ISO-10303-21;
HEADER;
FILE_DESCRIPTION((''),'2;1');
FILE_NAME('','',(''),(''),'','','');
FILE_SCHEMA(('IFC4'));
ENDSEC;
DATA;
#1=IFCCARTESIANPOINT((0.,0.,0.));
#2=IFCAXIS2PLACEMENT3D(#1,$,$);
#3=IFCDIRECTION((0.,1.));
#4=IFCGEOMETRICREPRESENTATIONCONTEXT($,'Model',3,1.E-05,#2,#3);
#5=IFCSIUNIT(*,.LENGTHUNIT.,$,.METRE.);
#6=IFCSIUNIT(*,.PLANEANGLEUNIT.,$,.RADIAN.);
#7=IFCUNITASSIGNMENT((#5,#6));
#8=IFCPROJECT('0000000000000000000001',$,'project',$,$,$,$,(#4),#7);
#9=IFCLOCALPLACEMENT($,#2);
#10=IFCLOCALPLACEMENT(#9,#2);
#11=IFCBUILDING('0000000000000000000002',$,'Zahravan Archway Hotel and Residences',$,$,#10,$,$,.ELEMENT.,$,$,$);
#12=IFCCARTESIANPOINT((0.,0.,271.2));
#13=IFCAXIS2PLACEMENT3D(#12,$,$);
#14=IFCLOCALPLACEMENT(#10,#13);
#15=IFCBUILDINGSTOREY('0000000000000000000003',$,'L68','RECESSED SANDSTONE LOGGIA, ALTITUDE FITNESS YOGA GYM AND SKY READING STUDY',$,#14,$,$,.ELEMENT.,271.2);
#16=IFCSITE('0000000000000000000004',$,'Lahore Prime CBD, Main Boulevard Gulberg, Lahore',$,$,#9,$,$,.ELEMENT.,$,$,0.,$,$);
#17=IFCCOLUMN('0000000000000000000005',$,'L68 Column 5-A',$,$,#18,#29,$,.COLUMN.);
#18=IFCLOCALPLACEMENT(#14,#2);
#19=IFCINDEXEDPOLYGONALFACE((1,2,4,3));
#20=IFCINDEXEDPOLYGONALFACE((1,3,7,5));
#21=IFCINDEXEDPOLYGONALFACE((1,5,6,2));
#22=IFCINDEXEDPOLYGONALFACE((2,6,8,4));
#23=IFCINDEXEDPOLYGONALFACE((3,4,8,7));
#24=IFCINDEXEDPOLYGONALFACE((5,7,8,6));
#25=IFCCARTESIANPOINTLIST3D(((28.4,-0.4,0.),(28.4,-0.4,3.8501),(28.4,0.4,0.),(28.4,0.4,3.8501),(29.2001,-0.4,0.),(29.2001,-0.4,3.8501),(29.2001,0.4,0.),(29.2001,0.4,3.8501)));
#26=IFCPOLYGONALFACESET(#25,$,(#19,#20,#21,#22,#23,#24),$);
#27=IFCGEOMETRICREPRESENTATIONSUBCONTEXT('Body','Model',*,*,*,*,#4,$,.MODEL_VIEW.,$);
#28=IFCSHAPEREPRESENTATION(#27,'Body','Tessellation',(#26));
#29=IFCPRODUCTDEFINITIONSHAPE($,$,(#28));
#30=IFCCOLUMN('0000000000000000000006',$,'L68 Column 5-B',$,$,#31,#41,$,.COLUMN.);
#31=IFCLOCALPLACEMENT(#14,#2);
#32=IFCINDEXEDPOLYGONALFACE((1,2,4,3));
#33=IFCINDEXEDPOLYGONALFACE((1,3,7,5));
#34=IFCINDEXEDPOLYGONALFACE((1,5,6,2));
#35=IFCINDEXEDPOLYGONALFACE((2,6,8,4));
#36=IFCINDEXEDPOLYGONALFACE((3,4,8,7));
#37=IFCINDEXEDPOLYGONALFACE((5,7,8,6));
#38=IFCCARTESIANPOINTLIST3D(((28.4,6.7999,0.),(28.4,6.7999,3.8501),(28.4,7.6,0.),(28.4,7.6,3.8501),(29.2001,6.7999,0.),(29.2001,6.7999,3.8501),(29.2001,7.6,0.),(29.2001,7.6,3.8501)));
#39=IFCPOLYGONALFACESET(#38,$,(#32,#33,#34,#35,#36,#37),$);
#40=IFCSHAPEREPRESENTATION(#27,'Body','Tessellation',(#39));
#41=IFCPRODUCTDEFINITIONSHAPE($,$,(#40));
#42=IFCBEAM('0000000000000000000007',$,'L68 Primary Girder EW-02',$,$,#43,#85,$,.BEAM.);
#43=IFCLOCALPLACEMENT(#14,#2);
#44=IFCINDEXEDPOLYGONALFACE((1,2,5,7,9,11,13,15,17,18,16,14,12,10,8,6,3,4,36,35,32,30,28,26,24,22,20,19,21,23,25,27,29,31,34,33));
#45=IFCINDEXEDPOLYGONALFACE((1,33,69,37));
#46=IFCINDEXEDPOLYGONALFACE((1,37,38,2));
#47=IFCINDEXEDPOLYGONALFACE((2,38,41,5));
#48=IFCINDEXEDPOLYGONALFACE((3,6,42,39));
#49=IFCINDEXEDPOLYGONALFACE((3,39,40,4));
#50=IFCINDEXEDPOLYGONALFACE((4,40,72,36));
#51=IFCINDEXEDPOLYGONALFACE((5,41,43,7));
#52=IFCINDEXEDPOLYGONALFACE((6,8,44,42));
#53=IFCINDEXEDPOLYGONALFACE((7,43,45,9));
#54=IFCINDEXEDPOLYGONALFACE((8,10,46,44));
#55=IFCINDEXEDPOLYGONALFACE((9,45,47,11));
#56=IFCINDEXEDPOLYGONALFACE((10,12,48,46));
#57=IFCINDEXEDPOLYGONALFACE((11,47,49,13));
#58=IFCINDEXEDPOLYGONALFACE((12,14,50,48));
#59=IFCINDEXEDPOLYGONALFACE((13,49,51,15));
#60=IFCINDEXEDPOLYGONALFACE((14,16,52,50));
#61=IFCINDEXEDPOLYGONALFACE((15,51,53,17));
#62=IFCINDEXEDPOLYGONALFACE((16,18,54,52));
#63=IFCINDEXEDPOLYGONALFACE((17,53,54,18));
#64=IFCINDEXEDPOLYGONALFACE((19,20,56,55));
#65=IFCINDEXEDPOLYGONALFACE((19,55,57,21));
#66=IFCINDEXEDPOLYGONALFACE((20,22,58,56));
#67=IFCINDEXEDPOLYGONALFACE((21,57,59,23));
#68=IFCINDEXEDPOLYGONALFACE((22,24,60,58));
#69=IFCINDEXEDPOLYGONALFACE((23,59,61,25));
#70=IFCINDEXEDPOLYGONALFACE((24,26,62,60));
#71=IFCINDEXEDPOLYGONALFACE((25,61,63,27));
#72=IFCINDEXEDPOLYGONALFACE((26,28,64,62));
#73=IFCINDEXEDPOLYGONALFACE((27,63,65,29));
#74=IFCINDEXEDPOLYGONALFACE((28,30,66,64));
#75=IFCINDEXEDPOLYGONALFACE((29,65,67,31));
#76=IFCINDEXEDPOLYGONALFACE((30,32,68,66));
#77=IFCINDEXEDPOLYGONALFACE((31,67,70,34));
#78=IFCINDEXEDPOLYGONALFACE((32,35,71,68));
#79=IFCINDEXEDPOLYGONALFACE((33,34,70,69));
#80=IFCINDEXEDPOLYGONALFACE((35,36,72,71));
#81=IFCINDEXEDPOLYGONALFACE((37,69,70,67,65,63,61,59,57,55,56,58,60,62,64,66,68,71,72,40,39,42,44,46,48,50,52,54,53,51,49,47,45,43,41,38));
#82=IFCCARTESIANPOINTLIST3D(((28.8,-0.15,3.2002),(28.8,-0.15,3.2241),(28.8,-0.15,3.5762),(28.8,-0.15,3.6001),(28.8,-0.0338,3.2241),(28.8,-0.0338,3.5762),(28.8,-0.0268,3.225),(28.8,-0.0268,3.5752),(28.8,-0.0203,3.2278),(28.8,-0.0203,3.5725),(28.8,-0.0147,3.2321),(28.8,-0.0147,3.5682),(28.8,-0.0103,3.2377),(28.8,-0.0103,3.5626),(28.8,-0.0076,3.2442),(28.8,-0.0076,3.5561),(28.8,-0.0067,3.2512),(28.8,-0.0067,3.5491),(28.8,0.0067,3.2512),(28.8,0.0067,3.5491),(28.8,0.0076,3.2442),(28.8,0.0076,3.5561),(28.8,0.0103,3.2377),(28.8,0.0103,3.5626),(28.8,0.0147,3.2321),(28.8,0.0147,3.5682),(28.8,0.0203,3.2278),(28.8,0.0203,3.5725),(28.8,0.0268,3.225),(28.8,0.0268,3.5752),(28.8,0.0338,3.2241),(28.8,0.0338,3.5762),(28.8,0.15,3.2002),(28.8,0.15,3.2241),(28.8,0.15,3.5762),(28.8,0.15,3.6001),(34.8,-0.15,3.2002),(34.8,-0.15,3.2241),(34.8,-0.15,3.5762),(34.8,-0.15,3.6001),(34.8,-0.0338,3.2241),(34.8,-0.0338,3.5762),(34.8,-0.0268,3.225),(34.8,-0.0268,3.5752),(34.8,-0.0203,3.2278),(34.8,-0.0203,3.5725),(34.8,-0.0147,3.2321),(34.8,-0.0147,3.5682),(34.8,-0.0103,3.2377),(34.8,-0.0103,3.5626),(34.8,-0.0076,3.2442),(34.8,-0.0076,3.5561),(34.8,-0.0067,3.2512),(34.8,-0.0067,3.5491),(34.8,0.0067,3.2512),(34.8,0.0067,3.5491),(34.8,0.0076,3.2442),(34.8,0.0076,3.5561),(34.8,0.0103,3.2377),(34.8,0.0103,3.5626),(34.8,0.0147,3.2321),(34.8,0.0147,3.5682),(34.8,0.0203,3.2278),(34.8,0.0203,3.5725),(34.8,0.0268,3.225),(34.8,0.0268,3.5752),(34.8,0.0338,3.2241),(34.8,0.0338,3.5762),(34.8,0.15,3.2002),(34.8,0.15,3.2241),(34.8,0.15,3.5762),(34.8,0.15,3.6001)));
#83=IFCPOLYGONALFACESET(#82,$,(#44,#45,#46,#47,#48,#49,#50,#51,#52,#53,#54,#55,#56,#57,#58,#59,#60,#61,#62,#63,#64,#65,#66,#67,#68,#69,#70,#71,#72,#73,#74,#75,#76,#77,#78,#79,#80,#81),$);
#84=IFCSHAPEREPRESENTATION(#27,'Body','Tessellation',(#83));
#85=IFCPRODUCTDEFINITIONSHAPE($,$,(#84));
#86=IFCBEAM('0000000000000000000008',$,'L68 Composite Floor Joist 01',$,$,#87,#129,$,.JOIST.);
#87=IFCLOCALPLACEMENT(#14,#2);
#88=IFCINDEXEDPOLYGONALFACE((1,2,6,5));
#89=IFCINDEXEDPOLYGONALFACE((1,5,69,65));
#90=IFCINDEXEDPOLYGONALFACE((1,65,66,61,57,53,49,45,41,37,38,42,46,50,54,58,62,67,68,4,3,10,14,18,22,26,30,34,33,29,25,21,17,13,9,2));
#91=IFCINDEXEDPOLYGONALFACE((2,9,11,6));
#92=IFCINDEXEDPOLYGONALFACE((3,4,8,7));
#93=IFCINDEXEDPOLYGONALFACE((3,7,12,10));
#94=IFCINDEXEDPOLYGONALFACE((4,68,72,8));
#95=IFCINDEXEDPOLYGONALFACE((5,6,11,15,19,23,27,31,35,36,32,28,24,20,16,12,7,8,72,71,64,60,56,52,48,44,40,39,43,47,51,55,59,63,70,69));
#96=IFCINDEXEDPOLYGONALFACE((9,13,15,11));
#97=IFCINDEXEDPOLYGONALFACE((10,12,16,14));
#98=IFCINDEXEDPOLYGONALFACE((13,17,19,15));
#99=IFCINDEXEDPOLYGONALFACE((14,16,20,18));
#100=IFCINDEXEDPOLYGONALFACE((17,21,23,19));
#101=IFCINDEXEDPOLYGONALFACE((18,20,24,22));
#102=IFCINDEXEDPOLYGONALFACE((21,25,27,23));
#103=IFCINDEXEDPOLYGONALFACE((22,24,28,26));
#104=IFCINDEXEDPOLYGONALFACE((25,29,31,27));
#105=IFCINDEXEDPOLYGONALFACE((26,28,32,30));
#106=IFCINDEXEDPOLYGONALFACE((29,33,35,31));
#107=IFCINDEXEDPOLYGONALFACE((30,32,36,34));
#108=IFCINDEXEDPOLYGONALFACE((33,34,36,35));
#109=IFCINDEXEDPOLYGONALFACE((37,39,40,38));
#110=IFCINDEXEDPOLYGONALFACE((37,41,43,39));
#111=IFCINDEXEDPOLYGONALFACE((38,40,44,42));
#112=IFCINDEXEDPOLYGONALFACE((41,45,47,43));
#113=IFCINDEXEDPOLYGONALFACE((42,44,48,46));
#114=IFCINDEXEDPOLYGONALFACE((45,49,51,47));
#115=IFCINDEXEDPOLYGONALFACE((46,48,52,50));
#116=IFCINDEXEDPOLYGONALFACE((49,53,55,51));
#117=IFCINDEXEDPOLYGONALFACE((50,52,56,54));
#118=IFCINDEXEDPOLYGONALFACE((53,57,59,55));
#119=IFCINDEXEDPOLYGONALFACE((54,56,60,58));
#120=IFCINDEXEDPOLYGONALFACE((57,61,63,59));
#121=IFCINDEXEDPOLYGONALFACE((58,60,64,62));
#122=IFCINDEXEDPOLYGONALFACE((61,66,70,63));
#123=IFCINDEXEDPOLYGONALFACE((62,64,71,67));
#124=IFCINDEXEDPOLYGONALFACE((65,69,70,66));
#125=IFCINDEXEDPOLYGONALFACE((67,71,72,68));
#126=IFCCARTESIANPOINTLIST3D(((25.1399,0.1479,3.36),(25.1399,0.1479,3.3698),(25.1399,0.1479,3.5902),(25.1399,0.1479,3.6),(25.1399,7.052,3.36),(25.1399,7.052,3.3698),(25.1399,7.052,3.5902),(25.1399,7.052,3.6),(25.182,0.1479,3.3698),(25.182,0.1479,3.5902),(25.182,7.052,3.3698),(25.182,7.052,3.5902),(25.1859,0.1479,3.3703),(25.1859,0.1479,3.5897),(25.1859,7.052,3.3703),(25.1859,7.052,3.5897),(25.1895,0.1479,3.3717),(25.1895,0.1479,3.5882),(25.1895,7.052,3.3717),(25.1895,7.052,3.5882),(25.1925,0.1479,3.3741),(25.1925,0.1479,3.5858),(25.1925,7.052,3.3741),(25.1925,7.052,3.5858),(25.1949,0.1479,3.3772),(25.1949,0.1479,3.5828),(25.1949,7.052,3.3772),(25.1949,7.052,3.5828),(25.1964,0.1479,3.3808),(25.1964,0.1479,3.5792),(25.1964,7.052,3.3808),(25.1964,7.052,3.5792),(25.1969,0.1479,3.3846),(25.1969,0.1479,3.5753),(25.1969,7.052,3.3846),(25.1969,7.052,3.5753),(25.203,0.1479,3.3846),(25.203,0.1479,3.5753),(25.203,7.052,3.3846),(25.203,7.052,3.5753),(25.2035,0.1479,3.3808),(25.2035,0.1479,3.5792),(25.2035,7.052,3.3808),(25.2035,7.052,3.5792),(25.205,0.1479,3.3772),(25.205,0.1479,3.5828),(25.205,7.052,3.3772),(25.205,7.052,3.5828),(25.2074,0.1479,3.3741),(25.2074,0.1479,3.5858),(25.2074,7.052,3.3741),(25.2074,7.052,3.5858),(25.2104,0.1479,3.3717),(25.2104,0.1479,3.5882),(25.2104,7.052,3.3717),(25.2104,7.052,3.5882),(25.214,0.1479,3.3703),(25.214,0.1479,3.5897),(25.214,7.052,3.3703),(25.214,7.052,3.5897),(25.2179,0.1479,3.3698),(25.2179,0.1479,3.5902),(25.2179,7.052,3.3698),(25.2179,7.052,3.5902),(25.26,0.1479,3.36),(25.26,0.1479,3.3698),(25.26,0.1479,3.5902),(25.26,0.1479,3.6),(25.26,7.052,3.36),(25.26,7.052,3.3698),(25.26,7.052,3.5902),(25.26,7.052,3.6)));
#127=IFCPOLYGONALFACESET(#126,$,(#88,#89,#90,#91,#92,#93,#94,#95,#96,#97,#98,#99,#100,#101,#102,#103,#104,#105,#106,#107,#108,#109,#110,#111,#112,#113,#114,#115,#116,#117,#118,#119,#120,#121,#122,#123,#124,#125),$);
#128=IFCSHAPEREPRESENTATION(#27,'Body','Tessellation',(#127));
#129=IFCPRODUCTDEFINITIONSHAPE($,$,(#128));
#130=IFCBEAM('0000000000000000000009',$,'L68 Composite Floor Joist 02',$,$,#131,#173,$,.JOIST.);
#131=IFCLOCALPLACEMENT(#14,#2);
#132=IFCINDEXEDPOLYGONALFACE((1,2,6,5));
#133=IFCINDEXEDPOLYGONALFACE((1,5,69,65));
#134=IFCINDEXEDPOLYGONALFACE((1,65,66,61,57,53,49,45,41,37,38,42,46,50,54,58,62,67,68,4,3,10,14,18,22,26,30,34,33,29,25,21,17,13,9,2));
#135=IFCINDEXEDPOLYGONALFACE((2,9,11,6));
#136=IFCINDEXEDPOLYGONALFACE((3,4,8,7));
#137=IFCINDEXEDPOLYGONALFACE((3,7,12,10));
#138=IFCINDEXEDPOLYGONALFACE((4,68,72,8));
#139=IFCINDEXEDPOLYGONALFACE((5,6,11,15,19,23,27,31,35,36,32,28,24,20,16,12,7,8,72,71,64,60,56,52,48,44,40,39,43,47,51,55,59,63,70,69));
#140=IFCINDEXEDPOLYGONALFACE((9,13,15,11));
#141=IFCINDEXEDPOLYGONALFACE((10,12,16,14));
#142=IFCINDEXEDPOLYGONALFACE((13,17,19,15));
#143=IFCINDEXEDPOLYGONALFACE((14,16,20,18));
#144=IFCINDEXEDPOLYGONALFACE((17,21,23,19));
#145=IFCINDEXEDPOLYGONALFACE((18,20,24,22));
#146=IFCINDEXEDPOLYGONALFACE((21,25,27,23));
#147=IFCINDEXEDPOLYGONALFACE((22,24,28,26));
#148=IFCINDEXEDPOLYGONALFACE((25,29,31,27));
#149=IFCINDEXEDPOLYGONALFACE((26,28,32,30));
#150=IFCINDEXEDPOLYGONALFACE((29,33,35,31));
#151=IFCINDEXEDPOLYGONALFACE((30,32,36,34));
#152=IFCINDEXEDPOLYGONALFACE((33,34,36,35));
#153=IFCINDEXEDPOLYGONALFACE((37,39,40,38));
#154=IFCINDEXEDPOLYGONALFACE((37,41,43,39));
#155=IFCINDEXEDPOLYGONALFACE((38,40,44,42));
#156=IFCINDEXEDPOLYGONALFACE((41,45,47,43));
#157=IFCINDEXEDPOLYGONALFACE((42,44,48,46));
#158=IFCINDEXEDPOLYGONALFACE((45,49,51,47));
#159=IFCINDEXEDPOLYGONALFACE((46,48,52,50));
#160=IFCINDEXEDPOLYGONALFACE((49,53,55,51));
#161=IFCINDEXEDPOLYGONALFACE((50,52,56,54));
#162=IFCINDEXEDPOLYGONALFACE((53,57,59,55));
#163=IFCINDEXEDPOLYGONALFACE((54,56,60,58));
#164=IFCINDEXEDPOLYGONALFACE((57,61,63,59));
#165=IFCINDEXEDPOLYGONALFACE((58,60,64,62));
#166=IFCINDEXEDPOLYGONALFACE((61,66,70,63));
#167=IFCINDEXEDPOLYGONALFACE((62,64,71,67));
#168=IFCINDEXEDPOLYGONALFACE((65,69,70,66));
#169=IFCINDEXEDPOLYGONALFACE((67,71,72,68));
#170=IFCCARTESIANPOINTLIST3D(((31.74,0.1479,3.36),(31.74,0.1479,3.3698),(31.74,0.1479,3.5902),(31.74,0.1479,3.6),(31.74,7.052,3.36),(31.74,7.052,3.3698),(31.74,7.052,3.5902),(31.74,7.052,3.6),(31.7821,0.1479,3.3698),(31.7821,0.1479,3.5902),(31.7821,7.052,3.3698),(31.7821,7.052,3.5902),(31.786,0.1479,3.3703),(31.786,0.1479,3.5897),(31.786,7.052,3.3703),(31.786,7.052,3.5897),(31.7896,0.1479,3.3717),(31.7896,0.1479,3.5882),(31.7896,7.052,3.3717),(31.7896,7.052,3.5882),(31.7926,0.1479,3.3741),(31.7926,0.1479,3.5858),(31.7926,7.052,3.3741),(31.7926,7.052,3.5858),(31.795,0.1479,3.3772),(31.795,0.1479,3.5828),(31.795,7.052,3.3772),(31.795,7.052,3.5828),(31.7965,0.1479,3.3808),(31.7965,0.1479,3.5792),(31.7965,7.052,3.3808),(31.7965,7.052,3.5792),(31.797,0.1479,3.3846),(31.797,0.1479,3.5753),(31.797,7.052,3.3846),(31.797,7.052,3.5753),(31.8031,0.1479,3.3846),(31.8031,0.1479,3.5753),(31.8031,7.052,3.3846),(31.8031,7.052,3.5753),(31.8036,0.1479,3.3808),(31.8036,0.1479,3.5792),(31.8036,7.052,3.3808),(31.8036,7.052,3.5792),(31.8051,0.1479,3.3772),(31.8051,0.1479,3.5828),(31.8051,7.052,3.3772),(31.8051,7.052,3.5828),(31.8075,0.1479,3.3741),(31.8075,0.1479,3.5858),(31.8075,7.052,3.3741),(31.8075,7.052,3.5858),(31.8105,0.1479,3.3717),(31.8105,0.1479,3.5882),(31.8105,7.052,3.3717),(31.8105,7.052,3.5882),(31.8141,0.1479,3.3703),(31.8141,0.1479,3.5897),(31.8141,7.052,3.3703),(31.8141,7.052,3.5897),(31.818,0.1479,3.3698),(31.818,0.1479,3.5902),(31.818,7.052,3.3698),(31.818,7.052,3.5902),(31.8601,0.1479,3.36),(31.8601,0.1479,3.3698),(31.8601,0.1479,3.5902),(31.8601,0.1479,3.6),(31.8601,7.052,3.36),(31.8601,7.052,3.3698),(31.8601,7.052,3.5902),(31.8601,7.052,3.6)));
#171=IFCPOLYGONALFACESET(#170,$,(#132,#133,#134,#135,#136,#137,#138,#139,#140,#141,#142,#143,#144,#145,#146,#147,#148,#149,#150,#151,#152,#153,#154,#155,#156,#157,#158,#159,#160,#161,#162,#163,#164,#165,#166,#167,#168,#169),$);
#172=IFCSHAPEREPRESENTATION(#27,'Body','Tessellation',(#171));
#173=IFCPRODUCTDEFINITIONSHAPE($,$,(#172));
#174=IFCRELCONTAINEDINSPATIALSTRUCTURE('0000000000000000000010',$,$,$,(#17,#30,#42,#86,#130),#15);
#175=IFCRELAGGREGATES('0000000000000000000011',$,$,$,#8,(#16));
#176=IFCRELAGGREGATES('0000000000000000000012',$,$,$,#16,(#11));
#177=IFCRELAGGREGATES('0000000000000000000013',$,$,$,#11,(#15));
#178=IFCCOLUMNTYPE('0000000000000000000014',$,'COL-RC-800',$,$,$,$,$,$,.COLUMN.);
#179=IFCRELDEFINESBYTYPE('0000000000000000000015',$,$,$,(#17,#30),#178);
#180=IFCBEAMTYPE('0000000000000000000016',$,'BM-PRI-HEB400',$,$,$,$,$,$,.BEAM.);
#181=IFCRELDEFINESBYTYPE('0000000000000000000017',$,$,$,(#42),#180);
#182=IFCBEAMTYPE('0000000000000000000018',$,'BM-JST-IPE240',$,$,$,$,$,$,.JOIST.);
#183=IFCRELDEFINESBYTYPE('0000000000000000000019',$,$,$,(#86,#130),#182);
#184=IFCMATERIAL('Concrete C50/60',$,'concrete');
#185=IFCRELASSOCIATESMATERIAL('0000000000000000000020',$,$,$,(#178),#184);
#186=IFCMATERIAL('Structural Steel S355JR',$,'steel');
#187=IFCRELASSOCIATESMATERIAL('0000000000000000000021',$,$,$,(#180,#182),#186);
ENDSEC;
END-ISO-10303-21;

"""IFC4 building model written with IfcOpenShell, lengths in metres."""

from ifc_helpers import new_model, si_unit, direction, frame, origin, origin_2d, place, context, subcontext, project, spatial, rectangle, i_section, extrude, source, transform, mapped, material, material_profile, profile_set, type_object, type_shapes, element, save


model = new_model("IFC4")

# Units and contexts
model_context = context("Model", 3, precision=1e-05, world=origin(), true_north=direction((0.0, 1.0)))
body_context = subcontext(model_context, "Body", "Model", "MODEL_VIEW")
ifc_project = project(units=[si_unit("LENGTHUNIT", "METRE"), si_unit("PLANEANGLEUNIT", "RADIAN")], contexts=[model_context])

# Site, building, storey
site_placement = place(None, origin())
site = spatial("IfcSite", under=ifc_project, at=site_placement, Name="Lahore Prime CBD, Main Boulevard Gulberg, Lahore", CompositionType="ELEMENT", RefElevation=0.0)
building_placement = place(site_placement, origin())
building = spatial("IfcBuilding", under=site, at=building_placement, Name="Zahravan Archway Hotel and Residences", CompositionType="ELEMENT")
storey_placement = place(building_placement, frame((0.0, 0.0, 271.2)))
storey = spatial("IfcBuildingStorey", under=building, at=storey_placement, Name="L68", Description="RECESSED SANDSTONE LOGGIA, ALTITUDE FITNESS YOGA GYM AND SKY READING STUDY", CompositionType="ELEMENT", Elevation=271.2)

# Columns
ifc_material_1 = material(Name="Concrete C50/60", Category="concrete")
ifc_material_profile_1 = material_profile(ifc_material_1, rectangle(XDim=0.8, YDim=0.8, at=origin_2d()), Name="RC-COL-800x800", Category="concrete")
ifc_profile_set_1 = profile_set([ifc_material_profile_1], Name="Concrete C50/60")
column_type = type_object("IfcColumnType", Name="COL-RC-800", PredefinedType="COLUMN", material=ifc_profile_set_1)
shared_shape_1 = source(origin(), body_context, "Body", "SweptSolid", [
    extrude(rectangle(XDim=0.8, YDim=0.8, at=origin_2d()), origin(), (0.0, 0.0, 1.0), 3.8501),
])
for number, where, z_axis, x_axis, name in (
    (1, (28.8, 0.0, 0.0), (0.0, 0.0, 1.0), (1.0, 0.0, 0.0), "L68 Column 5-A"),
    (2, (28.8, 7.2, 0.0), (0.0, 0.0, 1.0), (1.0, 0.0, 0.0), "L68 Column 5-B"),
):
    element("IfcColumn", number, at=place(storey_placement, frame(where, z_axis=z_axis, x_axis=x_axis)), inside=storey, type_object=column_type, Name=name, PredefinedType="COLUMN", context=body_context, shape_type="MappedRepresentation", body=[
        mapped(shared_shape_1, transform((0.0, 0.0, 0.0), scale=1.0)),
    ])

# Beams
ifc_material_2 = material(Name="Structural Steel S355JR", Category="steel")
ifc_material_profile_2 = material_profile(ifc_material_2, i_section(OverallWidth=0.3, OverallDepth=0.3999, WebThickness=0.0134, FlangeThickness=0.0239, FilletRadius=0.0271, at=origin_2d()), Name="HEB 400", Category="steel")
ifc_profile_set_2 = profile_set([ifc_material_profile_2], Name="Structural Steel S355JR")
beam_type_1 = type_object("IfcBeamType", Name="BM-PRI-HEB400", PredefinedType="BEAM", material=ifc_profile_set_2)
shared_shape_2 = source(origin(), body_context, "Body", "SweptSolid", [
    extrude(i_section(OverallWidth=0.3, OverallDepth=0.3999, WebThickness=0.0134, FlangeThickness=0.0239, FilletRadius=0.0271, at=origin_2d()), origin(), (0.0, 0.0, 1.0), 6.0),
])
beam_1_placement = place(storey_placement, frame((28.8, 0.0, 3.4001), z_axis=(1.0, 0.0, 0.0), x_axis=(0.0, 1.0, 0.0)))
element("IfcBeam", 3, at=beam_1_placement, inside=storey, type_object=beam_type_1, Name="L68 Primary Girder EW-02", PredefinedType="BEAM", context=body_context, shape_type="MappedRepresentation", body=[
    mapped(shared_shape_2, transform((0.0, 0.0, 0.0), scale=1.0)),
])
ifc_material_profile_3 = material_profile(ifc_material_2, i_section(OverallWidth=0.1201, OverallDepth=0.24, WebThickness=0.0061, FlangeThickness=0.0098, FilletRadius=0.0149, at=origin_2d()), Name="IPE 240", Category="steel")
ifc_profile_set_3 = profile_set([ifc_material_profile_3], Name="Structural Steel S355JR")
beam_type_2 = type_object("IfcBeamType", Name="BM-JST-IPE240", PredefinedType="JOIST", material=ifc_profile_set_3)
shared_shape_3 = source(origin(), body_context, "Body", "SweptSolid", [
    extrude(i_section(OverallWidth=0.1201, OverallDepth=0.24, WebThickness=0.0061, FlangeThickness=0.0098, FilletRadius=0.0149, at=origin_2d()), origin(), (0.0, 0.0, 1.0), 6.9041),
])
type_shapes(beam_type_2, [shared_shape_3])
for number, where, z_axis, x_axis, name in (
    (4, (25.2, 0.1479, 3.48), (0.0, 1.0, 0.0), (-1.0, 0.0, 0.0), "L68 Composite Floor Joist 01"),
    (5, (31.8, 0.1479, 3.48), (0.0, 1.0, 0.0), (-1.0, 0.0, 0.0), "L68 Composite Floor Joist 02"),
):
    element("IfcBeam", number, at=place(storey_placement, frame(where, z_axis=z_axis, x_axis=x_axis)), inside=storey, type_object=beam_type_2, Name=name, PredefinedType="JOIST", context=body_context, shape_type="MappedRepresentation", body=[
        mapped(shared_shape_3, transform((0.0, 0.0, 0.0), scale=1.0)),
    ])

save(model, "model.ifc")
